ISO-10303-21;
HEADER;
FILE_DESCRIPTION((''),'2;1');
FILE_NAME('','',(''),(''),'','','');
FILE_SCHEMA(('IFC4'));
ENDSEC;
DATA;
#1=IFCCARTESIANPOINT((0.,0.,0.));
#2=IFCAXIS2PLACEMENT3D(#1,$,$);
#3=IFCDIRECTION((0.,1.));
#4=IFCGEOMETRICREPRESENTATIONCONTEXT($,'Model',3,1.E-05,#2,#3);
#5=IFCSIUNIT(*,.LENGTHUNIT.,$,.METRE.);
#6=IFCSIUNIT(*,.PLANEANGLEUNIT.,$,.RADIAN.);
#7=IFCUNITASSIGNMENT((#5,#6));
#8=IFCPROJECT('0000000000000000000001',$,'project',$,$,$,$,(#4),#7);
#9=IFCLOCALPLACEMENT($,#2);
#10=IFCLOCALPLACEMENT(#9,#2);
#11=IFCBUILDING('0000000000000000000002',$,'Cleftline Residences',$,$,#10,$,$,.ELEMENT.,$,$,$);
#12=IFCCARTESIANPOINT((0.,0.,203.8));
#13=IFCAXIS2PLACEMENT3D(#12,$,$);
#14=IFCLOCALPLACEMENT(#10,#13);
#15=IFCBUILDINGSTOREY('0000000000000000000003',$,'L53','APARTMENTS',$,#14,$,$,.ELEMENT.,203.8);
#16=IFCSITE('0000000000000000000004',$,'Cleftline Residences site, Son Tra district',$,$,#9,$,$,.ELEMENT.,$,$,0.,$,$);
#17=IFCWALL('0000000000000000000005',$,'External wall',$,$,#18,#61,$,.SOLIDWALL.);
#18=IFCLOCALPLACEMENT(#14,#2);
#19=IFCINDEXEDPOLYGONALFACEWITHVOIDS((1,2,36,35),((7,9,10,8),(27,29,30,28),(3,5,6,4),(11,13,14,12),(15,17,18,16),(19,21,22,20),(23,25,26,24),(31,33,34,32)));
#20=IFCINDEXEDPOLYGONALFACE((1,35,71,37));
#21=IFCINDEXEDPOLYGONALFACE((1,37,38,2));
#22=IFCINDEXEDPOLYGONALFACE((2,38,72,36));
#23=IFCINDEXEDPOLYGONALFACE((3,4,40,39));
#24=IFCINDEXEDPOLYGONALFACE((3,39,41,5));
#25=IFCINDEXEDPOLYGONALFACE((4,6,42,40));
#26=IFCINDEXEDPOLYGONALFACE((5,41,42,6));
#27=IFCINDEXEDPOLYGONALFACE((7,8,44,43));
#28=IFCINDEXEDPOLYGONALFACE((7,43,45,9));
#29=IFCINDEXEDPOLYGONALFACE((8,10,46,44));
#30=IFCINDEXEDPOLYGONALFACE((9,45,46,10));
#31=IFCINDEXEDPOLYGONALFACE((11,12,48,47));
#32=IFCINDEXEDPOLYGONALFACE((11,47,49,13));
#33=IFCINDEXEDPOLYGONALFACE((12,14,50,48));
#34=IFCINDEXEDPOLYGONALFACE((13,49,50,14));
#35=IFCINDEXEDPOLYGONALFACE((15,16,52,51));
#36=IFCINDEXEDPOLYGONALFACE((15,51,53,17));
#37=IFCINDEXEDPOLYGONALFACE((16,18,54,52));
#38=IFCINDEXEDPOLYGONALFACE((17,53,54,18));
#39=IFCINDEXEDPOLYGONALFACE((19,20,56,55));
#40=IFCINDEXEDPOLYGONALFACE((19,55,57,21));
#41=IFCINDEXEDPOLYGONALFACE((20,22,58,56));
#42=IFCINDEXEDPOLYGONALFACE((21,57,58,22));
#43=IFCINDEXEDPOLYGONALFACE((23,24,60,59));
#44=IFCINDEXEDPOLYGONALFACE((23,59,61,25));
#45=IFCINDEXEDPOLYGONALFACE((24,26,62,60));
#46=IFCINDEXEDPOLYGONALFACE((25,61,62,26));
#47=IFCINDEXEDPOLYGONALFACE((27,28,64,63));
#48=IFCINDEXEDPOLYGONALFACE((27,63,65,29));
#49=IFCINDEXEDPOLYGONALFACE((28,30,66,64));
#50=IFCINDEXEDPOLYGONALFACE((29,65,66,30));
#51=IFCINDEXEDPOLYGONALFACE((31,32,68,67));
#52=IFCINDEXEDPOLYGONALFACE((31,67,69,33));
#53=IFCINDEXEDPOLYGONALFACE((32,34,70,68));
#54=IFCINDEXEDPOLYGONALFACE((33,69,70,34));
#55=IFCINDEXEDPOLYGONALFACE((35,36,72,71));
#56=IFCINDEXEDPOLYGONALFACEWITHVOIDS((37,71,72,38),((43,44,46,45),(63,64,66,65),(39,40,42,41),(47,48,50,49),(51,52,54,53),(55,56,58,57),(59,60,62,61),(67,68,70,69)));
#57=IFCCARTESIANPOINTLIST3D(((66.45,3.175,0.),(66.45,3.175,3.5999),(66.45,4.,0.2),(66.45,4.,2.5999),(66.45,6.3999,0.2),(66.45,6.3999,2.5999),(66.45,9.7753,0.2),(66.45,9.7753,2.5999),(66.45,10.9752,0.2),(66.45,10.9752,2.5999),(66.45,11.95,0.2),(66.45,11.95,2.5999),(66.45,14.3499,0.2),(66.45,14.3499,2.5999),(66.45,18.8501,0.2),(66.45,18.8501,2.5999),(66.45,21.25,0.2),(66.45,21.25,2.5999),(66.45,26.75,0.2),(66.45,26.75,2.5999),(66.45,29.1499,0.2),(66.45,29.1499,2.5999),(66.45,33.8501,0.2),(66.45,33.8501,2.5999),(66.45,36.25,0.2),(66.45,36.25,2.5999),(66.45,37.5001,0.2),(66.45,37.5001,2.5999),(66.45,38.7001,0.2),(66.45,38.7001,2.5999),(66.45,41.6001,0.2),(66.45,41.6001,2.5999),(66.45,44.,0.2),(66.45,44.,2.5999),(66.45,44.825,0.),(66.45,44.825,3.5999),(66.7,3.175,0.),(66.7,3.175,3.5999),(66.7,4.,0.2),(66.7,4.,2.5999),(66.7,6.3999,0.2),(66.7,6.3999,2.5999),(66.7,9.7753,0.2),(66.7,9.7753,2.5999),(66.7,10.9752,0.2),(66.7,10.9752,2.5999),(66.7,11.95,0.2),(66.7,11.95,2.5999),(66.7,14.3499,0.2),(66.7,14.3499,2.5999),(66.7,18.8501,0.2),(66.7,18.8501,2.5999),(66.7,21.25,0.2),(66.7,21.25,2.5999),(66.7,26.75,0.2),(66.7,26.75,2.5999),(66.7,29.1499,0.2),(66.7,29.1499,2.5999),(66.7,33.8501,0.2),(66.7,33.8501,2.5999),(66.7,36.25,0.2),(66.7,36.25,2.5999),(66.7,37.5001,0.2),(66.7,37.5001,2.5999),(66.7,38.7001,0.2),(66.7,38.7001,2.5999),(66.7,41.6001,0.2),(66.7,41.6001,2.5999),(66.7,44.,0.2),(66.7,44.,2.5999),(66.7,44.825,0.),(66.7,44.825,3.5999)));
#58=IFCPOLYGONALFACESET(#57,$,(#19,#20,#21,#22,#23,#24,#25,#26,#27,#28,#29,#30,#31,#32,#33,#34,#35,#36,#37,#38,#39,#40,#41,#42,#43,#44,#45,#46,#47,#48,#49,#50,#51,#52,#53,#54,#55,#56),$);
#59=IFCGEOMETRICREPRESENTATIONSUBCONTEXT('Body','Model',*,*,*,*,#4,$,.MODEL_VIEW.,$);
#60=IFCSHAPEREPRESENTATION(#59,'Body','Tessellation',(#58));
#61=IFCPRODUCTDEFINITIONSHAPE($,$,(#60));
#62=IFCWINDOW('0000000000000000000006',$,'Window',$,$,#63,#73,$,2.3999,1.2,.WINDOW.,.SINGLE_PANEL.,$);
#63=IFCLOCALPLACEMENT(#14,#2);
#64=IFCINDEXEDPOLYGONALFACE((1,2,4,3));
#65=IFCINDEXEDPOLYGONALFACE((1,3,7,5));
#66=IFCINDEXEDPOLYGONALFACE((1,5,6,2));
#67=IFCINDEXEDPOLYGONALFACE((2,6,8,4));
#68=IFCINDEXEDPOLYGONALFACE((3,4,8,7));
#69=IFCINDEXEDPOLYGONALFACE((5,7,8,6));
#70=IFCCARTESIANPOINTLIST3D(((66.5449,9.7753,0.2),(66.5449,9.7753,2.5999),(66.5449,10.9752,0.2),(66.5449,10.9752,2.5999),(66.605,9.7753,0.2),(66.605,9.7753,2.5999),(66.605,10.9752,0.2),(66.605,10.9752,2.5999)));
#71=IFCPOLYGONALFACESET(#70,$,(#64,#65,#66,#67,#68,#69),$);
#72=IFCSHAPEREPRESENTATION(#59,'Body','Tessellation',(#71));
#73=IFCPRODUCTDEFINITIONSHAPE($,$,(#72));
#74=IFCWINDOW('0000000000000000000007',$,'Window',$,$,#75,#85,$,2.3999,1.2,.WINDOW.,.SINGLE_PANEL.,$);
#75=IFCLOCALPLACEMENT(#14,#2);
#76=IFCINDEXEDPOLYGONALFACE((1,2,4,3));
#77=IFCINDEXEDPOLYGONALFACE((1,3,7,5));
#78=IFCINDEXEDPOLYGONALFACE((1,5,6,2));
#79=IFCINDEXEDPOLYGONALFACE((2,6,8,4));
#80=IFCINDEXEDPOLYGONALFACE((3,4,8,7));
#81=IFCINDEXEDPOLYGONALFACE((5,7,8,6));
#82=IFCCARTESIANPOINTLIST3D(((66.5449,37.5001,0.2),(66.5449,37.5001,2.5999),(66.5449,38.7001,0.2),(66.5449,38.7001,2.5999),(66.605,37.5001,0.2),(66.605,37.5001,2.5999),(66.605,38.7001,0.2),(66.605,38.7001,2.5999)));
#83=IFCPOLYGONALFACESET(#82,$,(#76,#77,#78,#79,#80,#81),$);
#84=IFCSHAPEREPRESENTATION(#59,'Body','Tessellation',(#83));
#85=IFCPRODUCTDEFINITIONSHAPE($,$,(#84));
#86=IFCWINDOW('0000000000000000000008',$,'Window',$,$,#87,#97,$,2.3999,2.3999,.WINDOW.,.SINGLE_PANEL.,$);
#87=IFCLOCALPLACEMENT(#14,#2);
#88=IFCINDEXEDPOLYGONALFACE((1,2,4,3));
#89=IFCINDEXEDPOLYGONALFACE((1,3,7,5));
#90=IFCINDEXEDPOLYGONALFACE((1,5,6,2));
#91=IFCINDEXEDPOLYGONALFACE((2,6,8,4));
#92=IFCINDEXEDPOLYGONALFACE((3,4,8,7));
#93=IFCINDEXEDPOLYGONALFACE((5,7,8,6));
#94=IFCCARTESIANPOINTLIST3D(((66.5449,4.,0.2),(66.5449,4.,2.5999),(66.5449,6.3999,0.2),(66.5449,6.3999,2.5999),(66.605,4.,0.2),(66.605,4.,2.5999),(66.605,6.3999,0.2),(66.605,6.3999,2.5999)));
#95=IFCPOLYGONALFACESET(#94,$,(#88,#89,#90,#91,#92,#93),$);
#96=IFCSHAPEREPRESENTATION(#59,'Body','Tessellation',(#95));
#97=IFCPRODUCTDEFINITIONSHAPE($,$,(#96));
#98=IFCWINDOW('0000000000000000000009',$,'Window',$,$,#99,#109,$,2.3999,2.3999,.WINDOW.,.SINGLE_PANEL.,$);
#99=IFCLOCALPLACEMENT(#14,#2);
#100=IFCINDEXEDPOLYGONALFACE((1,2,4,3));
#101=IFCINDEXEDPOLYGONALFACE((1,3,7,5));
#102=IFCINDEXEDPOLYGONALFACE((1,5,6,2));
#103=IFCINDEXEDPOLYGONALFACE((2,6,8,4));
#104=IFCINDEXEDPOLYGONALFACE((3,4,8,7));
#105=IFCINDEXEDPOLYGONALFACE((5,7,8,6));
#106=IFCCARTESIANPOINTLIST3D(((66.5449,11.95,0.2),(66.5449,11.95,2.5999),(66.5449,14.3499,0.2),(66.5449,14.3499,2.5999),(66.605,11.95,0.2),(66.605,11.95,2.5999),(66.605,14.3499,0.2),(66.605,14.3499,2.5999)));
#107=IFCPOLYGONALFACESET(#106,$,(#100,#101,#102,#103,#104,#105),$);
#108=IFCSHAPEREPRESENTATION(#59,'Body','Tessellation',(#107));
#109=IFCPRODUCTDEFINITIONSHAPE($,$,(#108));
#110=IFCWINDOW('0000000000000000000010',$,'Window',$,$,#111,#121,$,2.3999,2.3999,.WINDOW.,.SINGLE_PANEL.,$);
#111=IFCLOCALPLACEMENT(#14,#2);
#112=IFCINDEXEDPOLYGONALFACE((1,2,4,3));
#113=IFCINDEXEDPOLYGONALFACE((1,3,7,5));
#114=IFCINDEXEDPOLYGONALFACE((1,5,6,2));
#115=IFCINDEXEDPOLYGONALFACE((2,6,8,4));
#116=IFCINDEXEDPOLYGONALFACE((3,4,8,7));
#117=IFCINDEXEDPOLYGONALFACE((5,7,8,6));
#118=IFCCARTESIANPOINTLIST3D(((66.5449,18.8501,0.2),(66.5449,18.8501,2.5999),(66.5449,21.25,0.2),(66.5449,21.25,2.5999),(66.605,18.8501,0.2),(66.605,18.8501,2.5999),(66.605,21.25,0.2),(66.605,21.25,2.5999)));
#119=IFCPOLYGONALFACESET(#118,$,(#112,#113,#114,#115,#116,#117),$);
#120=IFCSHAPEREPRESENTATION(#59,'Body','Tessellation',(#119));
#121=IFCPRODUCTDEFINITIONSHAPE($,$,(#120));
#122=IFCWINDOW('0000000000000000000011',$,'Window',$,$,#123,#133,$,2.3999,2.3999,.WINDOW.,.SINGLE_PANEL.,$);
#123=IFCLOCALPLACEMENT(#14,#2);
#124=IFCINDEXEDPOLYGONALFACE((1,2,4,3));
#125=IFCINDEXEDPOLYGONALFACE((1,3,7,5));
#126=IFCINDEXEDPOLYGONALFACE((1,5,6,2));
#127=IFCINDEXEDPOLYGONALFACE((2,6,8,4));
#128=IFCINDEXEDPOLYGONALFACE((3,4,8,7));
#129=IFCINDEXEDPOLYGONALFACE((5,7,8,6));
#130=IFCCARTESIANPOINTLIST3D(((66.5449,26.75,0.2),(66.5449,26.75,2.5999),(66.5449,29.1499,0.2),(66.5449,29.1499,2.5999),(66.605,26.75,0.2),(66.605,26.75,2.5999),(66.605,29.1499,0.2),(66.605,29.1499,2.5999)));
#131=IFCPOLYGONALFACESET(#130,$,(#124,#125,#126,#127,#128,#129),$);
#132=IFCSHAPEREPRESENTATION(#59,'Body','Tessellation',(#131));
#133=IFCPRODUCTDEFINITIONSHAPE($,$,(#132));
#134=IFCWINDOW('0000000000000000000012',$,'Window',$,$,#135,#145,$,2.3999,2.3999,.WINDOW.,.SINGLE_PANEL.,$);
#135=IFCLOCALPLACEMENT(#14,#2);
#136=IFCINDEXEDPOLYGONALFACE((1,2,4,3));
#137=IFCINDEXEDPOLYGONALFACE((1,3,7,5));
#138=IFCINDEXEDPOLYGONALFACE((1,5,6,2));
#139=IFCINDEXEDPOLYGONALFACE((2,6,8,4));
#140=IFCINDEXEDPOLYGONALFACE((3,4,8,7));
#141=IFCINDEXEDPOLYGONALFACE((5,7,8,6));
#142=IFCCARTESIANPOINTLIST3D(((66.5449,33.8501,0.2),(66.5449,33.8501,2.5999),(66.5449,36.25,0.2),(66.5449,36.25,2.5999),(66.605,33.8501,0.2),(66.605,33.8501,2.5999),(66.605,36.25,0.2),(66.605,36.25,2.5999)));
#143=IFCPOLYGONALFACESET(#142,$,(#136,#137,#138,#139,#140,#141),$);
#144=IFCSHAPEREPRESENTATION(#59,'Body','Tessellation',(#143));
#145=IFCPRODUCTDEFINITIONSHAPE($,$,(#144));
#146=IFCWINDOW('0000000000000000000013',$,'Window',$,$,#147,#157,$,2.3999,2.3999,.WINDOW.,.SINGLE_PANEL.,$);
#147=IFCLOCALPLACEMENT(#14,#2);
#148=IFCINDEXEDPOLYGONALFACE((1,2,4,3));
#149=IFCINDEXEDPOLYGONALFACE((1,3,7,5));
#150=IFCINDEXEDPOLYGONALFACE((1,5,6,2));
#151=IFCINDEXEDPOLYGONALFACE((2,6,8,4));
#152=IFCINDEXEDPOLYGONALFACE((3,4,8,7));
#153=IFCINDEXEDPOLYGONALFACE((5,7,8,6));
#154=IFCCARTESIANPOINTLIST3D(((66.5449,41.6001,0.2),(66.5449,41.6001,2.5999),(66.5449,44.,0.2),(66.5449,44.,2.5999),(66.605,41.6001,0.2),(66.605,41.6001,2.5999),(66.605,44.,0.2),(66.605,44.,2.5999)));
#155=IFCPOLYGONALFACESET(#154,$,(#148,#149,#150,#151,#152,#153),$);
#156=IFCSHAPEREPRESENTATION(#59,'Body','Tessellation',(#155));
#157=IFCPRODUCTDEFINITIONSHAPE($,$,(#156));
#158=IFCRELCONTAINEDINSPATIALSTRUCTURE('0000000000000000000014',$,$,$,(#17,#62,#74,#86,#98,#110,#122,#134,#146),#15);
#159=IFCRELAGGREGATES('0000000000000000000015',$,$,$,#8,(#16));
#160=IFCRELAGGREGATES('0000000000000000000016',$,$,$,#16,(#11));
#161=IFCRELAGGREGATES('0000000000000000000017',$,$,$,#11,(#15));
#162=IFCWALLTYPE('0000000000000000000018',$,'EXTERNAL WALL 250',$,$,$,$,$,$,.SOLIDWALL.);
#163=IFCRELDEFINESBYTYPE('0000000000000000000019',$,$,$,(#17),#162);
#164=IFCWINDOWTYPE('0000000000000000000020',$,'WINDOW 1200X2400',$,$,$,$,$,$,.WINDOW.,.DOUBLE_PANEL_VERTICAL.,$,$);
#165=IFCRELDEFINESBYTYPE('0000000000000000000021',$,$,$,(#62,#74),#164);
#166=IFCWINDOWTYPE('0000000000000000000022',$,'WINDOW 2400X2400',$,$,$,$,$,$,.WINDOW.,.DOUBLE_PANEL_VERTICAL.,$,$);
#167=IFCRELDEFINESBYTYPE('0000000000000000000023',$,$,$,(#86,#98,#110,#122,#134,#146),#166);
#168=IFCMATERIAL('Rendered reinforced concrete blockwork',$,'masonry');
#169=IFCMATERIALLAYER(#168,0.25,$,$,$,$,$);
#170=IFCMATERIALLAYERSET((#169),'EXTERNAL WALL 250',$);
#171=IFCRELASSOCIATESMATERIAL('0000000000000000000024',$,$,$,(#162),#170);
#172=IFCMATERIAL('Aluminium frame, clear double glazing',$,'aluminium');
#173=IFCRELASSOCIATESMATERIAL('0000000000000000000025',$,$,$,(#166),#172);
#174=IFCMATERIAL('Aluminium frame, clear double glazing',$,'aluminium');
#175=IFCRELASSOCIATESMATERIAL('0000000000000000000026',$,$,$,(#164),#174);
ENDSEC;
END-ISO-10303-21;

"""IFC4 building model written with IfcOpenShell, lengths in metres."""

from ifc_helpers import new_model, si_unit, direction, frame, frame_2d, origin, place, context, subcontext, project, spatial, rectangle, extrude, material, layer, layer_set, type_object, element, fill, save


model = new_model("IFC4")

# Units and contexts
model_context = context("Model", 3, precision=1e-05, world=origin(), true_north=direction((0.0, 1.0)))
body_context = subcontext(model_context, "Body", "Model", "MODEL_VIEW")
ifc_project = project(units=[si_unit("LENGTHUNIT", "METRE"), si_unit("PLANEANGLEUNIT", "RADIAN")], contexts=[model_context])

# Site, building, storey
site_placement = place(None, origin())
site = spatial("IfcSite", under=ifc_project, at=site_placement, Name="Cleftline Residences site, Son Tra district", CompositionType="ELEMENT", RefElevation=0.0)
building_placement = place(site_placement, origin())
building = spatial("IfcBuilding", under=site, at=building_placement, Name="Cleftline Residences", CompositionType="ELEMENT")
storey_placement = place(building_placement, frame((0.0, 0.0, 203.8)))
storey = spatial("IfcBuildingStorey", under=building, at=storey_placement, Name="L53", Description="APARTMENTS", CompositionType="ELEMENT", Elevation=203.8)

# Shared definitions
ifc_material_1 = material(Name="Rendered reinforced concrete blockwork", Category="masonry")
ifc_layer_1 = layer(ifc_material_1, 0.25)
ifc_layer_set_1 = layer_set([ifc_layer_1], Name="EXTERNAL WALL 250")
wall_type = type_object("IfcWallType", Name="EXTERNAL WALL 250", PredefinedType="SOLIDWALL", material=ifc_layer_set_1)
ifc_material_2 = material(Name="Aluminium frame, clear double glazing", Category="aluminium")
window_type_1 = type_object("IfcWindowType", Name="WINDOW 2400X2400", PartitioningType="DOUBLE_PANEL_VERTICAL", PredefinedType="WINDOW", material=ifc_material_2)

# Wall, openings, windows
wall_1_placement = place(storey_placement, frame((66.575, 3.175, 0.0), z_axis=(0.0, 0.0, 1.0), x_axis=(0.0, 1.0, 0.0)))
wall_1 = element("IfcWall", 1, at=wall_1_placement, inside=storey, type_object=wall_type, Name="External wall", PredefinedType="SOLIDWALL", context=body_context, shape_type="SweptSolid", body=[
    extrude(rectangle(XDim=41.6499, YDim=0.25, at=frame_2d((20.825, 0.0))), origin(), (0.0, 0.0, 1.0), 3.5999),
])
opening_1_placement = place(wall_1_placement, frame((0.825, 0.0, 0.2)))
opening_1 = element("IfcOpeningElement", 2, at=opening_1_placement, cuts=wall_1, PredefinedType="OPENING", context=body_context, shape_type="SweptSolid", body=[
    extrude(rectangle(XDim=2.3999, YDim=2.3999, at=frame_2d((1.2, 1.2))), frame((0.0, 0.135, 0.0), z_axis=(0.0, -1.0, 0.0), x_axis=(1.0, 0.0, 0.0)), (0.0, 0.0, 1.0), 0.27),
])
opening_2_placement = place(wall_1_placement, frame((6.6001, 0.0, 0.2)))
opening_2 = element("IfcOpeningElement", 3, at=opening_2_placement, cuts=wall_1, PredefinedType="OPENING", context=body_context, shape_type="SweptSolid", body=[
    extrude(rectangle(XDim=1.2, YDim=2.3999, at=frame_2d((0.6001, 1.2))), frame((0.0, 0.135, 0.0), z_axis=(0.0, -1.0, 0.0), x_axis=(1.0, 0.0, 0.0)), (0.0, 0.0, 1.0), 0.27),
])
opening_3_placement = place(wall_1_placement, frame((8.7749, 0.0, 0.2)))
opening_3 = element("IfcOpeningElement", 4, at=opening_3_placement, cuts=wall_1, PredefinedType="OPENING", context=body_context, shape_type="SweptSolid", body=[
    extrude(rectangle(XDim=2.3999, YDim=2.3999, at=frame_2d((1.2, 1.2))), frame((0.0, 0.135, 0.0), z_axis=(0.0, -1.0, 0.0), x_axis=(1.0, 0.0, 0.0)), (0.0, 0.0, 1.0), 0.27),
])
opening_4_placement = place(wall_1_placement, frame((15.675, 0.0, 0.2)))
opening_4 = element("IfcOpeningElement", 5, at=opening_4_placement, cuts=wall_1, PredefinedType="OPENING", context=body_context, shape_type="SweptSolid", body=[
    extrude(rectangle(XDim=2.3999, YDim=2.3999, at=frame_2d((1.2, 1.2))), frame((0.0, 0.135, 0.0), z_axis=(0.0, -1.0, 0.0), x_axis=(1.0, 0.0, 0.0)), (0.0, 0.0, 1.0), 0.27),
])
opening_5_placement = place(wall_1_placement, frame((23.575, 0.0, 0.2)))
opening_5 = element("IfcOpeningElement", 6, at=opening_5_placement, cuts=wall_1, PredefinedType="OPENING", context=body_context, shape_type="SweptSolid", body=[
    extrude(rectangle(XDim=2.3999, YDim=2.3999, at=frame_2d((1.2, 1.2))), frame((0.0, 0.135, 0.0), z_axis=(0.0, -1.0, 0.0), x_axis=(1.0, 0.0, 0.0)), (0.0, 0.0, 1.0), 0.27),
])
opening_6_placement = place(wall_1_placement, frame((30.675, 0.0, 0.2)))
opening_6 = element("IfcOpeningElement", 7, at=opening_6_placement, cuts=wall_1, PredefinedType="OPENING", context=body_context, shape_type="SweptSolid", body=[
    extrude(rectangle(XDim=2.3999, YDim=2.3999, at=frame_2d((1.2, 1.2))), frame((0.0, 0.135, 0.0), z_axis=(0.0, -1.0, 0.0), x_axis=(1.0, 0.0, 0.0)), (0.0, 0.0, 1.0), 0.27),
])
opening_7_placement = place(wall_1_placement, frame((34.325, 0.0, 0.2)))
opening_7 = element("IfcOpeningElement", 8, at=opening_7_placement, cuts=wall_1, PredefinedType="OPENING", context=body_context, shape_type="SweptSolid", body=[
    extrude(rectangle(XDim=1.2, YDim=2.3999, at=frame_2d((0.6001, 1.2))), frame((0.0, 0.135, 0.0), z_axis=(0.0, -1.0, 0.0), x_axis=(1.0, 0.0, 0.0)), (0.0, 0.0, 1.0), 0.27),
])
opening_8_placement = place(wall_1_placement, frame((38.425, 0.0, 0.2)))
opening_8 = element("IfcOpeningElement", 9, at=opening_8_placement, cuts=wall_1, PredefinedType="OPENING", context=body_context, shape_type="SweptSolid", body=[
    extrude(rectangle(XDim=2.3999, YDim=2.3999, at=frame_2d((1.2, 1.2))), frame((0.0, 0.135, 0.0), z_axis=(0.0, -1.0, 0.0), x_axis=(1.0, 0.0, 0.0)), (0.0, 0.0, 1.0), 0.27),
])
ifc_material_3 = material(Name="Aluminium frame, clear double glazing", Category="aluminium")
window_type_2 = type_object("IfcWindowType", Name="WINDOW 1200X2400", PartitioningType="DOUBLE_PANEL_VERTICAL", PredefinedType="WINDOW", material=ifc_material_3)
window_1_placement = place(opening_2_placement, origin())
window_1 = element("IfcWindow", 10, at=window_1_placement, inside=storey, type_object=window_type_2, Name="Window", OverallHeight=2.3999, OverallWidth=1.2, PartitioningType="SINGLE_PANEL", PredefinedType="WINDOW", context=body_context, shape_type="SweptSolid", body=[
    extrude(rectangle(XDim=1.2, YDim=2.3999, at=frame_2d((0.6001, 1.2))), frame((0.0, 0.03, 0.0), z_axis=(0.0, -1.0, 0.0), x_axis=(1.0, 0.0, 0.0)), (0.0, 0.0, 1.0), 0.0601),
])
fill(opening_2, window_1)
window_2_placement = place(opening_7_placement, origin())
window_2 = element("IfcWindow", 11, at=window_2_placement, inside=storey, type_object=window_type_2, Name="Window", OverallHeight=2.3999, OverallWidth=1.2, PartitioningType="SINGLE_PANEL", PredefinedType="WINDOW", context=body_context, shape_type="SweptSolid", body=[
    extrude(rectangle(XDim=1.2, YDim=2.3999, at=frame_2d((0.6001, 1.2))), frame((0.0, 0.03, 0.0), z_axis=(0.0, -1.0, 0.0), x_axis=(1.0, 0.0, 0.0)), (0.0, 0.0, 1.0), 0.0601),
])
fill(opening_7, window_2)
window_3_placement = place(opening_1_placement, origin())
window_3 = element("IfcWindow", 12, at=window_3_placement, inside=storey, type_object=window_type_1, Name="Window", OverallHeight=2.3999, OverallWidth=2.3999, PartitioningType="SINGLE_PANEL", PredefinedType="WINDOW", context=body_context, shape_type="SweptSolid", body=[
    extrude(rectangle(XDim=2.3999, YDim=2.3999, at=frame_2d((1.2, 1.2))), frame((0.0, 0.03, 0.0), z_axis=(0.0, -1.0, 0.0), x_axis=(1.0, 0.0, 0.0)), (0.0, 0.0, 1.0), 0.0601),
])
fill(opening_1, window_3)
window_4_placement = place(opening_3_placement, origin())
window_4 = element("IfcWindow", 13, at=window_4_placement, inside=storey, type_object=window_type_1, Name="Window", OverallHeight=2.3999, OverallWidth=2.3999, PartitioningType="SINGLE_PANEL", PredefinedType="WINDOW", context=body_context, shape_type="SweptSolid", body=[
    extrude(rectangle(XDim=2.3999, YDim=2.3999, at=frame_2d((1.2, 1.2))), frame((0.0, 0.03, 0.0), z_axis=(0.0, -1.0, 0.0), x_axis=(1.0, 0.0, 0.0)), (0.0, 0.0, 1.0), 0.0601),
])
fill(opening_3, window_4)
window_5_placement = place(opening_4_placement, origin())
window_5 = element("IfcWindow", 14, at=window_5_placement, inside=storey, type_object=window_type_1, Name="Window", OverallHeight=2.3999, OverallWidth=2.3999, PartitioningType="SINGLE_PANEL", PredefinedType="WINDOW", context=body_context, shape_type="SweptSolid", body=[
    extrude(rectangle(XDim=2.3999, YDim=2.3999, at=frame_2d((1.2, 1.2))), frame((0.0, 0.03, 0.0), z_axis=(0.0, -1.0, 0.0), x_axis=(1.0, 0.0, 0.0)), (0.0, 0.0, 1.0), 0.0601),
])
fill(opening_4, window_5)
window_6_placement = place(opening_5_placement, origin())
window_6 = element("IfcWindow", 15, at=window_6_placement, inside=storey, type_object=window_type_1, Name="Window", OverallHeight=2.3999, OverallWidth=2.3999, PartitioningType="SINGLE_PANEL", PredefinedType="WINDOW", context=body_context, shape_type="SweptSolid", body=[
    extrude(rectangle(XDim=2.3999, YDim=2.3999, at=frame_2d((1.2, 1.2))), frame((0.0, 0.03, 0.0), z_axis=(0.0, -1.0, 0.0), x_axis=(1.0, 0.0, 0.0)), (0.0, 0.0, 1.0), 0.0601),
])
fill(opening_5, window_6)
window_7_placement = place(opening_6_placement, origin())
window_7 = element("IfcWindow", 16, at=window_7_placement, inside=storey, type_object=window_type_1, Name="Window", OverallHeight=2.3999, OverallWidth=2.3999, PartitioningType="SINGLE_PANEL", PredefinedType="WINDOW", context=body_context, shape_type="SweptSolid", body=[
    extrude(rectangle(XDim=2.3999, YDim=2.3999, at=frame_2d((1.2, 1.2))), frame((0.0, 0.03, 0.0), z_axis=(0.0, -1.0, 0.0), x_axis=(1.0, 0.0, 0.0)), (0.0, 0.0, 1.0), 0.0601),
])
fill(opening_6, window_7)
window_8_placement = place(opening_8_placement, origin())
window_8 = element("IfcWindow", 17, at=window_8_placement, inside=storey, type_object=window_type_1, Name="Window", OverallHeight=2.3999, OverallWidth=2.3999, PartitioningType="SINGLE_PANEL", PredefinedType="WINDOW", context=body_context, shape_type="SweptSolid", body=[
    extrude(rectangle(XDim=2.3999, YDim=2.3999, at=frame_2d((1.2, 1.2))), frame((0.0, 0.03, 0.0), z_axis=(0.0, -1.0, 0.0), x_axis=(1.0, 0.0, 0.0)), (0.0, 0.0, 1.0), 0.0601),
])
fill(opening_8, window_8)

save(model, "model.ifc")
